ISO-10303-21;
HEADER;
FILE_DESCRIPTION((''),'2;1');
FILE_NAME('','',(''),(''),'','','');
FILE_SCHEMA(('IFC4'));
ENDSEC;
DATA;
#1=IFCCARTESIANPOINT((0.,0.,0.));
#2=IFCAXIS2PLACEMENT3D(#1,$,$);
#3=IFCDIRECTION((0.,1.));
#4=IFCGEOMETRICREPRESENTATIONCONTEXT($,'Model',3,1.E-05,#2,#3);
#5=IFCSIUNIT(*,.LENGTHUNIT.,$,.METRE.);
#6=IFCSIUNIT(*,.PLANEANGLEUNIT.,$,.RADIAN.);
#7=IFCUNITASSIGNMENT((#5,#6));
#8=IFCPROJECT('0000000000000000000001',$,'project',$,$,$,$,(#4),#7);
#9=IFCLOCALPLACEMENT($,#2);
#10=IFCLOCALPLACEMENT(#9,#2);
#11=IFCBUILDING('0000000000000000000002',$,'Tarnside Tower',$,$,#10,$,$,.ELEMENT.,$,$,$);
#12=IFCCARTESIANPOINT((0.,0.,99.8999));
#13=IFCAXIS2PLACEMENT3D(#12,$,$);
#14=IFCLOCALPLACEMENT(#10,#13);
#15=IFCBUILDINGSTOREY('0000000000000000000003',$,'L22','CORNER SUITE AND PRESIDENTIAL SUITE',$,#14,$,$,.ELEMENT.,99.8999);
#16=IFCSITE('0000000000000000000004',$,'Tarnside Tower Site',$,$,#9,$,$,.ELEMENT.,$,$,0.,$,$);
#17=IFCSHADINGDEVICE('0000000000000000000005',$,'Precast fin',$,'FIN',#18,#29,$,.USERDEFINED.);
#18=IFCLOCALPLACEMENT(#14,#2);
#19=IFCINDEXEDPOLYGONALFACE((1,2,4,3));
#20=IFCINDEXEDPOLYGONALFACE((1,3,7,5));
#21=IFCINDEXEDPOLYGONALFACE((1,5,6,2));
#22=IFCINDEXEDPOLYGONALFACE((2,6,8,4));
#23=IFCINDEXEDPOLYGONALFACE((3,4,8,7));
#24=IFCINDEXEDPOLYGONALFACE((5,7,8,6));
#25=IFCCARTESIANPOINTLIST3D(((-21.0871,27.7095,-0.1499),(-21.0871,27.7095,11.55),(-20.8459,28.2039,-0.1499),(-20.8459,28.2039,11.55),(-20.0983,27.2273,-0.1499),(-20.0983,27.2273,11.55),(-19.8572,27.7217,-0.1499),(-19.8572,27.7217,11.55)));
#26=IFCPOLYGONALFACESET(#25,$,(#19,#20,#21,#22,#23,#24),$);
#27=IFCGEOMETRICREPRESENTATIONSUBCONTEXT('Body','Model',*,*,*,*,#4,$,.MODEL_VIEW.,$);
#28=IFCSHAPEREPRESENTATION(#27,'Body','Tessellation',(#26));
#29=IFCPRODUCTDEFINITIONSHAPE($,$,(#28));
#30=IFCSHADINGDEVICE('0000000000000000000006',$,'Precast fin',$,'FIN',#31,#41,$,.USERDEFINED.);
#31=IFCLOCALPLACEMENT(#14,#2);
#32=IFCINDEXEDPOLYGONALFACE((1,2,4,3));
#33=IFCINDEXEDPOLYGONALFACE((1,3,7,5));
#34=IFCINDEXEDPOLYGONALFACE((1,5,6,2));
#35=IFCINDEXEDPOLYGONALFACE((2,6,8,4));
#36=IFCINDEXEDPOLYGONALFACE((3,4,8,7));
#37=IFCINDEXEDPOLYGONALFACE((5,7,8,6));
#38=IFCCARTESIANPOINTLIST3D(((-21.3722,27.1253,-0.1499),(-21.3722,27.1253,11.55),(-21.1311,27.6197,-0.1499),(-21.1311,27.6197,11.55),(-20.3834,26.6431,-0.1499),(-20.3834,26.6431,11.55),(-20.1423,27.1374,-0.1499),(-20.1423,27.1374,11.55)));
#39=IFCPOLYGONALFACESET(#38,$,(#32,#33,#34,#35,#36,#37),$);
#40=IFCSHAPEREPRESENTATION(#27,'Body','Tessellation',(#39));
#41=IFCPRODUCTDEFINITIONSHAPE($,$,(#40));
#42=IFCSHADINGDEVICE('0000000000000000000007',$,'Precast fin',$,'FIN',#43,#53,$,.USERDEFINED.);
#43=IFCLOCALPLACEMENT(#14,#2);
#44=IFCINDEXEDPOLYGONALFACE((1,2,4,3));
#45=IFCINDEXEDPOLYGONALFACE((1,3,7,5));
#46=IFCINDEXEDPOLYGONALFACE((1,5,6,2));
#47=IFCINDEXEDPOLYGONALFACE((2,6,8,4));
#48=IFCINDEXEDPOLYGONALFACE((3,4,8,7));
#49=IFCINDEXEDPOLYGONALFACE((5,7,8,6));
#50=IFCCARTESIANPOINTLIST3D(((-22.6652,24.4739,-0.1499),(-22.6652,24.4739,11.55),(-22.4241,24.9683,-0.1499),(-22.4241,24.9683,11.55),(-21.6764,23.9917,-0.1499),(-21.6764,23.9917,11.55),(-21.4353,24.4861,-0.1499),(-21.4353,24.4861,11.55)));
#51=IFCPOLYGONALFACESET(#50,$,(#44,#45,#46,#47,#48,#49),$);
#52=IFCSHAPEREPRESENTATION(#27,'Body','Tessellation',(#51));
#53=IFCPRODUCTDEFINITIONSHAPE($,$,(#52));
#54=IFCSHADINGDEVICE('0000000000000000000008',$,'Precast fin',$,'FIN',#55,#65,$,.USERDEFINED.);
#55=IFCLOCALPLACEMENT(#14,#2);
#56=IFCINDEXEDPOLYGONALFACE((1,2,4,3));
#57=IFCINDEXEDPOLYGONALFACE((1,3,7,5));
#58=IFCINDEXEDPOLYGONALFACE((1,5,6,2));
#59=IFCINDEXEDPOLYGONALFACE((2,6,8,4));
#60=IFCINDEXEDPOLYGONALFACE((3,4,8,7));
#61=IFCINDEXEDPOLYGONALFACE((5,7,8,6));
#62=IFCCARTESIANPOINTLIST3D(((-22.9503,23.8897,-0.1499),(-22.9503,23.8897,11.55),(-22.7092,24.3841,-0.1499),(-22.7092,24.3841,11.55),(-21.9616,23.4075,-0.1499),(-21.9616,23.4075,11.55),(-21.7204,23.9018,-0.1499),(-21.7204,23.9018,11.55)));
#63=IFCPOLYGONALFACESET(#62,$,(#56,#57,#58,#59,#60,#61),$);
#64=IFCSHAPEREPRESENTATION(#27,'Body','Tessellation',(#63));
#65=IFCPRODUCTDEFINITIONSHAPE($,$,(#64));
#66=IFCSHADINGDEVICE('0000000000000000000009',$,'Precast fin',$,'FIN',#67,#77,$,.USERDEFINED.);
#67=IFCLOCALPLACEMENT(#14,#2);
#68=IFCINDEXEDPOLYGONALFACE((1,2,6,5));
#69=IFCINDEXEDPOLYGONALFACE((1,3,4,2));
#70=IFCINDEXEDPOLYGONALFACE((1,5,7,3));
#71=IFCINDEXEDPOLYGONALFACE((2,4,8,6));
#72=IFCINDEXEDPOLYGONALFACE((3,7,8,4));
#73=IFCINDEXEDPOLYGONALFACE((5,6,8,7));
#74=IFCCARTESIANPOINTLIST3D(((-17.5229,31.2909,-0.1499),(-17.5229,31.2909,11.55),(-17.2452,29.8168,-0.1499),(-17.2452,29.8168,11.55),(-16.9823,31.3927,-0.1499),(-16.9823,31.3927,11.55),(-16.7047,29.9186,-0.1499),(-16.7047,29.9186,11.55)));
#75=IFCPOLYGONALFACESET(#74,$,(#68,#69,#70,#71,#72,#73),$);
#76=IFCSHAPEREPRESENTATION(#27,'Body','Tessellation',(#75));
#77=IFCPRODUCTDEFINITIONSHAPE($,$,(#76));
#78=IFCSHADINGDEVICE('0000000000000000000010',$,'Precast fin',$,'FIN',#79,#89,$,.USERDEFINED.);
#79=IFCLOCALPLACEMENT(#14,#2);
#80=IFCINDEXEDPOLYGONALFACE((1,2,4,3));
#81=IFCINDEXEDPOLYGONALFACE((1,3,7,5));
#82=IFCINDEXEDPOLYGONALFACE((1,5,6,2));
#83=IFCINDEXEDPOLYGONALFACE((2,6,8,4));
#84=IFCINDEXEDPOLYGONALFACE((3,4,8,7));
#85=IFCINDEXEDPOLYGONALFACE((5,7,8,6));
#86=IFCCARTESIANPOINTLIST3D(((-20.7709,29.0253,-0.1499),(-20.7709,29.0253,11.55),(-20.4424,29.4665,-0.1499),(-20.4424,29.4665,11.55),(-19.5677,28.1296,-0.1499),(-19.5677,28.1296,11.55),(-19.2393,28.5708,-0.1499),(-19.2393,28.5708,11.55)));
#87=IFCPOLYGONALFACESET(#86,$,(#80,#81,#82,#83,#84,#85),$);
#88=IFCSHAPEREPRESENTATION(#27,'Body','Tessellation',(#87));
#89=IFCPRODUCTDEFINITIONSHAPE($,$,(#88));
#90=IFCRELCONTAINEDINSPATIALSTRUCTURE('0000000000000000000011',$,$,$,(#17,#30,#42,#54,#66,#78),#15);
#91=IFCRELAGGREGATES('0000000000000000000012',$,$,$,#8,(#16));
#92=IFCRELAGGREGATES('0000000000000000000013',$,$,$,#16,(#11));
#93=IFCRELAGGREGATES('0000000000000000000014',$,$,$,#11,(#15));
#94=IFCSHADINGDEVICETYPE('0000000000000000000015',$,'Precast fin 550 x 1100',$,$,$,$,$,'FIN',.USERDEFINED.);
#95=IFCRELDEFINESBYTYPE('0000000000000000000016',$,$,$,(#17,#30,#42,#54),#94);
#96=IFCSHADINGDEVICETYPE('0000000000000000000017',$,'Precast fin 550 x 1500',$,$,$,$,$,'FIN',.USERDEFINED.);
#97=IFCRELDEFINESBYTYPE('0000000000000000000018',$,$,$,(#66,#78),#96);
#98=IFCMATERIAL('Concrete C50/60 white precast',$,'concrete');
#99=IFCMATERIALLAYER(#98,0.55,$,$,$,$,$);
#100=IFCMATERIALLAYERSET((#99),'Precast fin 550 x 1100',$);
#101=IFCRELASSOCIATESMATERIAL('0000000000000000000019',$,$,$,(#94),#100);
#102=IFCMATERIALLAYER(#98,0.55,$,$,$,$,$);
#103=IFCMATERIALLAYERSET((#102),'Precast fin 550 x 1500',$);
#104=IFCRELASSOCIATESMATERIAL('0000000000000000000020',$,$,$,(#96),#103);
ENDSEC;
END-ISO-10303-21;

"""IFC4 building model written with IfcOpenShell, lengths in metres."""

from ifc_helpers import new_model, si_unit, direction, frame, origin, place, context, subcontext, project, spatial, polyline, outline, extrude, material, layer, layer_set, type_object, element, save


model = new_model("IFC4")

# Units and contexts
model_context = context("Model", 3, precision=1e-05, world=origin(), true_north=direction((0.0, 1.0)))
body_context = subcontext(model_context, "Body", "Model", "MODEL_VIEW")
ifc_project = project(units=[si_unit("LENGTHUNIT", "METRE"), si_unit("PLANEANGLEUNIT", "RADIAN")], contexts=[model_context])

# Site, building, storey
site_placement = place(None, origin())
site = spatial("IfcSite", under=ifc_project, at=site_placement, Name="Tarnside Tower Site", CompositionType="ELEMENT", RefElevation=0.0)
building_placement = place(site_placement, origin())
building = spatial("IfcBuilding", under=site, at=building_placement, Name="Tarnside Tower", CompositionType="ELEMENT")
storey_placement = place(building_placement, frame((0.0, 0.0, 99.8999)))
storey = spatial("IfcBuildingStorey", under=building, at=storey_placement, Name="L22", Description="CORNER SUITE AND PRESIDENTIAL SUITE", CompositionType="ELEMENT", Elevation=99.8999)

# Shading devices
ifc_material_1 = material(Name="Concrete C50/60 white precast", Category="concrete")
ifc_layer_1 = layer(ifc_material_1, 0.55)
ifc_layer_set_1 = layer_set([ifc_layer_1], Name="Precast fin 550 x 1100")
shading_device_type_1 = type_object("IfcShadingDeviceType", Name="Precast fin 550 x 1100", ElementType="FIN", PredefinedType="USERDEFINED", material=ifc_layer_set_1)
for number, where, z_axis, x_axis, name in (
    (1, (-19.9778, 27.4744, -0.1499), (0.438371, 0.898794, 0.0), (-0.898794, 0.438371, 0.0), "Precast fin"),
    (2, (-20.2629, 26.8901, -0.1499), (0.438371, 0.898794, 0.0), (-0.898794, 0.438371, 0.0), "Precast fin"),
    (3, (-21.5559, 24.2388, -0.1499), (0.438371, 0.898794, 0.0), (-0.898794, 0.438371, 0.0), "Precast fin"),
    (4, (-21.8411, 23.6545, -0.1499), (0.438371, 0.898794, 0.0), (-0.898794, 0.438371, 0.0), "Precast fin"),
):
    element("IfcShadingDevice", number, at=place(storey_placement, frame(where, z_axis=z_axis, x_axis=x_axis)), inside=storey, type_object=shading_device_type_1, Name=name, ObjectType="FIN", PredefinedType="USERDEFINED", context=body_context, shape_type="SweptSolid", body=[
        extrude(outline(polyline([(0.0, 0.0), (1.1001, 0.0), (1.1001, 11.7), (0.0, 11.7), (0.0, 0.0)])), frame((0.0, 0.0, -0.2749)), (0.0, 0.0, 1.0), 0.55),
    ])
ifc_layer_2 = layer(ifc_material_1, 0.55)
ifc_layer_set_2 = layer_set([ifc_layer_2], Name="Precast fin 550 x 1500")
shading_device_type_2 = type_object("IfcShadingDeviceType", Name="Precast fin 550 x 1500", ElementType="FIN", PredefinedType="USERDEFINED", material=ifc_layer_set_2)
for number, where, z_axis, x_axis, name in (
    (5, (-16.9751, 29.8677, -0.1499), (0.982721, 0.185095, 0.0), (-0.185095, 0.982721, 0.0), "Precast fin"),
    (6, (-19.4036, 28.3501, -0.1499), (0.597159, 0.802123, 0.0), (-0.802123, 0.597159, 0.0), "Precast fin"),
):
    element("IfcShadingDevice", number, at=place(storey_placement, frame(where, z_axis=z_axis, x_axis=x_axis)), inside=storey, type_object=shading_device_type_2, Name=name, ObjectType="FIN", PredefinedType="USERDEFINED", context=body_context, shape_type="SweptSolid", body=[
        extrude(outline(polyline([(0.0, 0.0), (1.5, 0.0), (1.5, 11.7), (0.0, 11.7), (0.0, 0.0)])), frame((0.0, 0.0, -0.2749)), (0.0, 0.0, 1.0), 0.55),
    ])

save(model, "model.ifc")
